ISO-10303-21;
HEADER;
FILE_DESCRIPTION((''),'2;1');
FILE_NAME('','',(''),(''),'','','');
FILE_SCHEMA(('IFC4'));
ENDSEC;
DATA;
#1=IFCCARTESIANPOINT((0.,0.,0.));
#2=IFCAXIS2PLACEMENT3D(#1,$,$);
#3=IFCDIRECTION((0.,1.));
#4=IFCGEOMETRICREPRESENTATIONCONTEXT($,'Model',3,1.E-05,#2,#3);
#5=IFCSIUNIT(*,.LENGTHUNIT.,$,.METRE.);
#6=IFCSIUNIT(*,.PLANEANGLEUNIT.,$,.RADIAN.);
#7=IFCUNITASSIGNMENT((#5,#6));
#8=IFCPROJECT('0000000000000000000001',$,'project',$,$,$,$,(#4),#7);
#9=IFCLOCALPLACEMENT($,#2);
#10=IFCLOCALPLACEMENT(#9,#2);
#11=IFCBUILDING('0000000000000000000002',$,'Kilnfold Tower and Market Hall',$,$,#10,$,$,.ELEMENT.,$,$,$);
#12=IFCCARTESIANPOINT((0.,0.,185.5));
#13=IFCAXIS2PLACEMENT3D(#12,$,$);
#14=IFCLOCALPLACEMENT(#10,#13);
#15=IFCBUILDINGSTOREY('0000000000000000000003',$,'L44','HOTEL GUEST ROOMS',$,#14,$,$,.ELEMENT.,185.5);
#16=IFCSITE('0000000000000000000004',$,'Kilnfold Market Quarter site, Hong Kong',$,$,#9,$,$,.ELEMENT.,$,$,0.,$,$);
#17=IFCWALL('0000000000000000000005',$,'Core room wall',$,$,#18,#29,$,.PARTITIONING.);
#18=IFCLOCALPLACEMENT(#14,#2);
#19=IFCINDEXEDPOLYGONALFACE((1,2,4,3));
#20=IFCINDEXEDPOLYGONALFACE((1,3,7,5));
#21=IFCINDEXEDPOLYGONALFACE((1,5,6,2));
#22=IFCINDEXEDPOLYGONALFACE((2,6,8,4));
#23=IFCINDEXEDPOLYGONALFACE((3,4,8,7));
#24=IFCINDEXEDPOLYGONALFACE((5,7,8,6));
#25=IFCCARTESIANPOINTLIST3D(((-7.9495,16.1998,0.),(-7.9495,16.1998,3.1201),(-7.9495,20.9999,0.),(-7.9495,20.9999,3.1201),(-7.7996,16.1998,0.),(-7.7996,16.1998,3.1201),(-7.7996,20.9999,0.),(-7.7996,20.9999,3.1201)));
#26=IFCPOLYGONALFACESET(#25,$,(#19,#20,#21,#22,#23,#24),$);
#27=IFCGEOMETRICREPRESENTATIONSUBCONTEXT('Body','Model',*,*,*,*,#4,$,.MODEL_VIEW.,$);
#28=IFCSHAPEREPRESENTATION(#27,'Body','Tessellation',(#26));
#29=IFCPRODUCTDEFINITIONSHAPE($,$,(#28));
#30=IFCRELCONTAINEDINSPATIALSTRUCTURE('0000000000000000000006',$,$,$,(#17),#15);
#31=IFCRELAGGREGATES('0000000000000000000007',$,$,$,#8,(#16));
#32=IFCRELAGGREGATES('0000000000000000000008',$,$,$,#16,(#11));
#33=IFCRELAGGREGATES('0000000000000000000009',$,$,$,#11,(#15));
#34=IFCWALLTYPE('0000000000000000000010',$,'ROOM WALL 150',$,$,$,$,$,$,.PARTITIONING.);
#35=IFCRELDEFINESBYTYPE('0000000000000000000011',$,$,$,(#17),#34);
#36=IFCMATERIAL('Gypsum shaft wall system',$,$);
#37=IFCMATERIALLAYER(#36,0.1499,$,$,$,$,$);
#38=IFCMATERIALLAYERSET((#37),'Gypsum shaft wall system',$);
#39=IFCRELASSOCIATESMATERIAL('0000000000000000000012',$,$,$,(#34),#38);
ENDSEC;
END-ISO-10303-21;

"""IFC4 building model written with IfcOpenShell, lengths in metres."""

from ifc_helpers import new_model, si_unit, direction, frame, frame_2d, origin, place, context, subcontext, project, spatial, rectangle, extrude, source, transform, mapped, material, layer, layer_set, type_object, element, save


model = new_model("IFC4")

# Units and contexts
model_context = context("Model", 3, precision=1e-05, world=origin(), true_north=direction((0.0, 1.0)))
body_context = subcontext(model_context, "Body", "Model", "MODEL_VIEW")
ifc_project = project(units=[si_unit("LENGTHUNIT", "METRE"), si_unit("PLANEANGLEUNIT", "RADIAN")], contexts=[model_context])

# Site, building, storey
site_placement = place(None, origin())
site = spatial("IfcSite", under=ifc_project, at=site_placement, Name="Kilnfold Market Quarter site, Hong Kong", CompositionType="ELEMENT", RefElevation=0.0)
building_placement = place(site_placement, origin())
building = spatial("IfcBuilding", under=site, at=building_placement, Name="Kilnfold Tower and Market Hall", CompositionType="ELEMENT")
storey_placement = place(building_placement, frame((0.0, 0.0, 185.5)))
storey = spatial("IfcBuildingStorey", under=building, at=storey_placement, Name="L44", Description="HOTEL GUEST ROOMS", CompositionType="ELEMENT", Elevation=185.5)

# Wall
ifc_material_1 = material(Name="Gypsum shaft wall system")
ifc_layer_1 = layer(ifc_material_1, 0.1499)
ifc_layer_set_1 = layer_set([ifc_layer_1], Name="Gypsum shaft wall system")
wall_type_1 = type_object("IfcWallType", Name="ROOM WALL 150", PredefinedType="PARTITIONING", material=ifc_layer_set_1)
shared_shape_1 = source(origin(), body_context, "Body", "SweptSolid", [
    extrude(rectangle(XDim=4.8, YDim=0.1499, at=frame_2d((2.3999, 0.0))), origin(), (0.0, 0.0, 1.0), 3.1201),
])
wall_1_placement = place(storey_placement, frame((-7.8745, 16.2, 0.0), z_axis=(0.0, 0.0, 1.0), x_axis=(0.0, 1.0, 0.0)))
element("IfcWall", 1, at=wall_1_placement, inside=storey, type_object=wall_type_1, Name="Core room wall", PredefinedType="PARTITIONING", context=body_context, shape_type="MappedRepresentation", body=[
    mapped(shared_shape_1, transform((0.0, 0.0, 0.0))),
])

save(model, "model.ifc")
